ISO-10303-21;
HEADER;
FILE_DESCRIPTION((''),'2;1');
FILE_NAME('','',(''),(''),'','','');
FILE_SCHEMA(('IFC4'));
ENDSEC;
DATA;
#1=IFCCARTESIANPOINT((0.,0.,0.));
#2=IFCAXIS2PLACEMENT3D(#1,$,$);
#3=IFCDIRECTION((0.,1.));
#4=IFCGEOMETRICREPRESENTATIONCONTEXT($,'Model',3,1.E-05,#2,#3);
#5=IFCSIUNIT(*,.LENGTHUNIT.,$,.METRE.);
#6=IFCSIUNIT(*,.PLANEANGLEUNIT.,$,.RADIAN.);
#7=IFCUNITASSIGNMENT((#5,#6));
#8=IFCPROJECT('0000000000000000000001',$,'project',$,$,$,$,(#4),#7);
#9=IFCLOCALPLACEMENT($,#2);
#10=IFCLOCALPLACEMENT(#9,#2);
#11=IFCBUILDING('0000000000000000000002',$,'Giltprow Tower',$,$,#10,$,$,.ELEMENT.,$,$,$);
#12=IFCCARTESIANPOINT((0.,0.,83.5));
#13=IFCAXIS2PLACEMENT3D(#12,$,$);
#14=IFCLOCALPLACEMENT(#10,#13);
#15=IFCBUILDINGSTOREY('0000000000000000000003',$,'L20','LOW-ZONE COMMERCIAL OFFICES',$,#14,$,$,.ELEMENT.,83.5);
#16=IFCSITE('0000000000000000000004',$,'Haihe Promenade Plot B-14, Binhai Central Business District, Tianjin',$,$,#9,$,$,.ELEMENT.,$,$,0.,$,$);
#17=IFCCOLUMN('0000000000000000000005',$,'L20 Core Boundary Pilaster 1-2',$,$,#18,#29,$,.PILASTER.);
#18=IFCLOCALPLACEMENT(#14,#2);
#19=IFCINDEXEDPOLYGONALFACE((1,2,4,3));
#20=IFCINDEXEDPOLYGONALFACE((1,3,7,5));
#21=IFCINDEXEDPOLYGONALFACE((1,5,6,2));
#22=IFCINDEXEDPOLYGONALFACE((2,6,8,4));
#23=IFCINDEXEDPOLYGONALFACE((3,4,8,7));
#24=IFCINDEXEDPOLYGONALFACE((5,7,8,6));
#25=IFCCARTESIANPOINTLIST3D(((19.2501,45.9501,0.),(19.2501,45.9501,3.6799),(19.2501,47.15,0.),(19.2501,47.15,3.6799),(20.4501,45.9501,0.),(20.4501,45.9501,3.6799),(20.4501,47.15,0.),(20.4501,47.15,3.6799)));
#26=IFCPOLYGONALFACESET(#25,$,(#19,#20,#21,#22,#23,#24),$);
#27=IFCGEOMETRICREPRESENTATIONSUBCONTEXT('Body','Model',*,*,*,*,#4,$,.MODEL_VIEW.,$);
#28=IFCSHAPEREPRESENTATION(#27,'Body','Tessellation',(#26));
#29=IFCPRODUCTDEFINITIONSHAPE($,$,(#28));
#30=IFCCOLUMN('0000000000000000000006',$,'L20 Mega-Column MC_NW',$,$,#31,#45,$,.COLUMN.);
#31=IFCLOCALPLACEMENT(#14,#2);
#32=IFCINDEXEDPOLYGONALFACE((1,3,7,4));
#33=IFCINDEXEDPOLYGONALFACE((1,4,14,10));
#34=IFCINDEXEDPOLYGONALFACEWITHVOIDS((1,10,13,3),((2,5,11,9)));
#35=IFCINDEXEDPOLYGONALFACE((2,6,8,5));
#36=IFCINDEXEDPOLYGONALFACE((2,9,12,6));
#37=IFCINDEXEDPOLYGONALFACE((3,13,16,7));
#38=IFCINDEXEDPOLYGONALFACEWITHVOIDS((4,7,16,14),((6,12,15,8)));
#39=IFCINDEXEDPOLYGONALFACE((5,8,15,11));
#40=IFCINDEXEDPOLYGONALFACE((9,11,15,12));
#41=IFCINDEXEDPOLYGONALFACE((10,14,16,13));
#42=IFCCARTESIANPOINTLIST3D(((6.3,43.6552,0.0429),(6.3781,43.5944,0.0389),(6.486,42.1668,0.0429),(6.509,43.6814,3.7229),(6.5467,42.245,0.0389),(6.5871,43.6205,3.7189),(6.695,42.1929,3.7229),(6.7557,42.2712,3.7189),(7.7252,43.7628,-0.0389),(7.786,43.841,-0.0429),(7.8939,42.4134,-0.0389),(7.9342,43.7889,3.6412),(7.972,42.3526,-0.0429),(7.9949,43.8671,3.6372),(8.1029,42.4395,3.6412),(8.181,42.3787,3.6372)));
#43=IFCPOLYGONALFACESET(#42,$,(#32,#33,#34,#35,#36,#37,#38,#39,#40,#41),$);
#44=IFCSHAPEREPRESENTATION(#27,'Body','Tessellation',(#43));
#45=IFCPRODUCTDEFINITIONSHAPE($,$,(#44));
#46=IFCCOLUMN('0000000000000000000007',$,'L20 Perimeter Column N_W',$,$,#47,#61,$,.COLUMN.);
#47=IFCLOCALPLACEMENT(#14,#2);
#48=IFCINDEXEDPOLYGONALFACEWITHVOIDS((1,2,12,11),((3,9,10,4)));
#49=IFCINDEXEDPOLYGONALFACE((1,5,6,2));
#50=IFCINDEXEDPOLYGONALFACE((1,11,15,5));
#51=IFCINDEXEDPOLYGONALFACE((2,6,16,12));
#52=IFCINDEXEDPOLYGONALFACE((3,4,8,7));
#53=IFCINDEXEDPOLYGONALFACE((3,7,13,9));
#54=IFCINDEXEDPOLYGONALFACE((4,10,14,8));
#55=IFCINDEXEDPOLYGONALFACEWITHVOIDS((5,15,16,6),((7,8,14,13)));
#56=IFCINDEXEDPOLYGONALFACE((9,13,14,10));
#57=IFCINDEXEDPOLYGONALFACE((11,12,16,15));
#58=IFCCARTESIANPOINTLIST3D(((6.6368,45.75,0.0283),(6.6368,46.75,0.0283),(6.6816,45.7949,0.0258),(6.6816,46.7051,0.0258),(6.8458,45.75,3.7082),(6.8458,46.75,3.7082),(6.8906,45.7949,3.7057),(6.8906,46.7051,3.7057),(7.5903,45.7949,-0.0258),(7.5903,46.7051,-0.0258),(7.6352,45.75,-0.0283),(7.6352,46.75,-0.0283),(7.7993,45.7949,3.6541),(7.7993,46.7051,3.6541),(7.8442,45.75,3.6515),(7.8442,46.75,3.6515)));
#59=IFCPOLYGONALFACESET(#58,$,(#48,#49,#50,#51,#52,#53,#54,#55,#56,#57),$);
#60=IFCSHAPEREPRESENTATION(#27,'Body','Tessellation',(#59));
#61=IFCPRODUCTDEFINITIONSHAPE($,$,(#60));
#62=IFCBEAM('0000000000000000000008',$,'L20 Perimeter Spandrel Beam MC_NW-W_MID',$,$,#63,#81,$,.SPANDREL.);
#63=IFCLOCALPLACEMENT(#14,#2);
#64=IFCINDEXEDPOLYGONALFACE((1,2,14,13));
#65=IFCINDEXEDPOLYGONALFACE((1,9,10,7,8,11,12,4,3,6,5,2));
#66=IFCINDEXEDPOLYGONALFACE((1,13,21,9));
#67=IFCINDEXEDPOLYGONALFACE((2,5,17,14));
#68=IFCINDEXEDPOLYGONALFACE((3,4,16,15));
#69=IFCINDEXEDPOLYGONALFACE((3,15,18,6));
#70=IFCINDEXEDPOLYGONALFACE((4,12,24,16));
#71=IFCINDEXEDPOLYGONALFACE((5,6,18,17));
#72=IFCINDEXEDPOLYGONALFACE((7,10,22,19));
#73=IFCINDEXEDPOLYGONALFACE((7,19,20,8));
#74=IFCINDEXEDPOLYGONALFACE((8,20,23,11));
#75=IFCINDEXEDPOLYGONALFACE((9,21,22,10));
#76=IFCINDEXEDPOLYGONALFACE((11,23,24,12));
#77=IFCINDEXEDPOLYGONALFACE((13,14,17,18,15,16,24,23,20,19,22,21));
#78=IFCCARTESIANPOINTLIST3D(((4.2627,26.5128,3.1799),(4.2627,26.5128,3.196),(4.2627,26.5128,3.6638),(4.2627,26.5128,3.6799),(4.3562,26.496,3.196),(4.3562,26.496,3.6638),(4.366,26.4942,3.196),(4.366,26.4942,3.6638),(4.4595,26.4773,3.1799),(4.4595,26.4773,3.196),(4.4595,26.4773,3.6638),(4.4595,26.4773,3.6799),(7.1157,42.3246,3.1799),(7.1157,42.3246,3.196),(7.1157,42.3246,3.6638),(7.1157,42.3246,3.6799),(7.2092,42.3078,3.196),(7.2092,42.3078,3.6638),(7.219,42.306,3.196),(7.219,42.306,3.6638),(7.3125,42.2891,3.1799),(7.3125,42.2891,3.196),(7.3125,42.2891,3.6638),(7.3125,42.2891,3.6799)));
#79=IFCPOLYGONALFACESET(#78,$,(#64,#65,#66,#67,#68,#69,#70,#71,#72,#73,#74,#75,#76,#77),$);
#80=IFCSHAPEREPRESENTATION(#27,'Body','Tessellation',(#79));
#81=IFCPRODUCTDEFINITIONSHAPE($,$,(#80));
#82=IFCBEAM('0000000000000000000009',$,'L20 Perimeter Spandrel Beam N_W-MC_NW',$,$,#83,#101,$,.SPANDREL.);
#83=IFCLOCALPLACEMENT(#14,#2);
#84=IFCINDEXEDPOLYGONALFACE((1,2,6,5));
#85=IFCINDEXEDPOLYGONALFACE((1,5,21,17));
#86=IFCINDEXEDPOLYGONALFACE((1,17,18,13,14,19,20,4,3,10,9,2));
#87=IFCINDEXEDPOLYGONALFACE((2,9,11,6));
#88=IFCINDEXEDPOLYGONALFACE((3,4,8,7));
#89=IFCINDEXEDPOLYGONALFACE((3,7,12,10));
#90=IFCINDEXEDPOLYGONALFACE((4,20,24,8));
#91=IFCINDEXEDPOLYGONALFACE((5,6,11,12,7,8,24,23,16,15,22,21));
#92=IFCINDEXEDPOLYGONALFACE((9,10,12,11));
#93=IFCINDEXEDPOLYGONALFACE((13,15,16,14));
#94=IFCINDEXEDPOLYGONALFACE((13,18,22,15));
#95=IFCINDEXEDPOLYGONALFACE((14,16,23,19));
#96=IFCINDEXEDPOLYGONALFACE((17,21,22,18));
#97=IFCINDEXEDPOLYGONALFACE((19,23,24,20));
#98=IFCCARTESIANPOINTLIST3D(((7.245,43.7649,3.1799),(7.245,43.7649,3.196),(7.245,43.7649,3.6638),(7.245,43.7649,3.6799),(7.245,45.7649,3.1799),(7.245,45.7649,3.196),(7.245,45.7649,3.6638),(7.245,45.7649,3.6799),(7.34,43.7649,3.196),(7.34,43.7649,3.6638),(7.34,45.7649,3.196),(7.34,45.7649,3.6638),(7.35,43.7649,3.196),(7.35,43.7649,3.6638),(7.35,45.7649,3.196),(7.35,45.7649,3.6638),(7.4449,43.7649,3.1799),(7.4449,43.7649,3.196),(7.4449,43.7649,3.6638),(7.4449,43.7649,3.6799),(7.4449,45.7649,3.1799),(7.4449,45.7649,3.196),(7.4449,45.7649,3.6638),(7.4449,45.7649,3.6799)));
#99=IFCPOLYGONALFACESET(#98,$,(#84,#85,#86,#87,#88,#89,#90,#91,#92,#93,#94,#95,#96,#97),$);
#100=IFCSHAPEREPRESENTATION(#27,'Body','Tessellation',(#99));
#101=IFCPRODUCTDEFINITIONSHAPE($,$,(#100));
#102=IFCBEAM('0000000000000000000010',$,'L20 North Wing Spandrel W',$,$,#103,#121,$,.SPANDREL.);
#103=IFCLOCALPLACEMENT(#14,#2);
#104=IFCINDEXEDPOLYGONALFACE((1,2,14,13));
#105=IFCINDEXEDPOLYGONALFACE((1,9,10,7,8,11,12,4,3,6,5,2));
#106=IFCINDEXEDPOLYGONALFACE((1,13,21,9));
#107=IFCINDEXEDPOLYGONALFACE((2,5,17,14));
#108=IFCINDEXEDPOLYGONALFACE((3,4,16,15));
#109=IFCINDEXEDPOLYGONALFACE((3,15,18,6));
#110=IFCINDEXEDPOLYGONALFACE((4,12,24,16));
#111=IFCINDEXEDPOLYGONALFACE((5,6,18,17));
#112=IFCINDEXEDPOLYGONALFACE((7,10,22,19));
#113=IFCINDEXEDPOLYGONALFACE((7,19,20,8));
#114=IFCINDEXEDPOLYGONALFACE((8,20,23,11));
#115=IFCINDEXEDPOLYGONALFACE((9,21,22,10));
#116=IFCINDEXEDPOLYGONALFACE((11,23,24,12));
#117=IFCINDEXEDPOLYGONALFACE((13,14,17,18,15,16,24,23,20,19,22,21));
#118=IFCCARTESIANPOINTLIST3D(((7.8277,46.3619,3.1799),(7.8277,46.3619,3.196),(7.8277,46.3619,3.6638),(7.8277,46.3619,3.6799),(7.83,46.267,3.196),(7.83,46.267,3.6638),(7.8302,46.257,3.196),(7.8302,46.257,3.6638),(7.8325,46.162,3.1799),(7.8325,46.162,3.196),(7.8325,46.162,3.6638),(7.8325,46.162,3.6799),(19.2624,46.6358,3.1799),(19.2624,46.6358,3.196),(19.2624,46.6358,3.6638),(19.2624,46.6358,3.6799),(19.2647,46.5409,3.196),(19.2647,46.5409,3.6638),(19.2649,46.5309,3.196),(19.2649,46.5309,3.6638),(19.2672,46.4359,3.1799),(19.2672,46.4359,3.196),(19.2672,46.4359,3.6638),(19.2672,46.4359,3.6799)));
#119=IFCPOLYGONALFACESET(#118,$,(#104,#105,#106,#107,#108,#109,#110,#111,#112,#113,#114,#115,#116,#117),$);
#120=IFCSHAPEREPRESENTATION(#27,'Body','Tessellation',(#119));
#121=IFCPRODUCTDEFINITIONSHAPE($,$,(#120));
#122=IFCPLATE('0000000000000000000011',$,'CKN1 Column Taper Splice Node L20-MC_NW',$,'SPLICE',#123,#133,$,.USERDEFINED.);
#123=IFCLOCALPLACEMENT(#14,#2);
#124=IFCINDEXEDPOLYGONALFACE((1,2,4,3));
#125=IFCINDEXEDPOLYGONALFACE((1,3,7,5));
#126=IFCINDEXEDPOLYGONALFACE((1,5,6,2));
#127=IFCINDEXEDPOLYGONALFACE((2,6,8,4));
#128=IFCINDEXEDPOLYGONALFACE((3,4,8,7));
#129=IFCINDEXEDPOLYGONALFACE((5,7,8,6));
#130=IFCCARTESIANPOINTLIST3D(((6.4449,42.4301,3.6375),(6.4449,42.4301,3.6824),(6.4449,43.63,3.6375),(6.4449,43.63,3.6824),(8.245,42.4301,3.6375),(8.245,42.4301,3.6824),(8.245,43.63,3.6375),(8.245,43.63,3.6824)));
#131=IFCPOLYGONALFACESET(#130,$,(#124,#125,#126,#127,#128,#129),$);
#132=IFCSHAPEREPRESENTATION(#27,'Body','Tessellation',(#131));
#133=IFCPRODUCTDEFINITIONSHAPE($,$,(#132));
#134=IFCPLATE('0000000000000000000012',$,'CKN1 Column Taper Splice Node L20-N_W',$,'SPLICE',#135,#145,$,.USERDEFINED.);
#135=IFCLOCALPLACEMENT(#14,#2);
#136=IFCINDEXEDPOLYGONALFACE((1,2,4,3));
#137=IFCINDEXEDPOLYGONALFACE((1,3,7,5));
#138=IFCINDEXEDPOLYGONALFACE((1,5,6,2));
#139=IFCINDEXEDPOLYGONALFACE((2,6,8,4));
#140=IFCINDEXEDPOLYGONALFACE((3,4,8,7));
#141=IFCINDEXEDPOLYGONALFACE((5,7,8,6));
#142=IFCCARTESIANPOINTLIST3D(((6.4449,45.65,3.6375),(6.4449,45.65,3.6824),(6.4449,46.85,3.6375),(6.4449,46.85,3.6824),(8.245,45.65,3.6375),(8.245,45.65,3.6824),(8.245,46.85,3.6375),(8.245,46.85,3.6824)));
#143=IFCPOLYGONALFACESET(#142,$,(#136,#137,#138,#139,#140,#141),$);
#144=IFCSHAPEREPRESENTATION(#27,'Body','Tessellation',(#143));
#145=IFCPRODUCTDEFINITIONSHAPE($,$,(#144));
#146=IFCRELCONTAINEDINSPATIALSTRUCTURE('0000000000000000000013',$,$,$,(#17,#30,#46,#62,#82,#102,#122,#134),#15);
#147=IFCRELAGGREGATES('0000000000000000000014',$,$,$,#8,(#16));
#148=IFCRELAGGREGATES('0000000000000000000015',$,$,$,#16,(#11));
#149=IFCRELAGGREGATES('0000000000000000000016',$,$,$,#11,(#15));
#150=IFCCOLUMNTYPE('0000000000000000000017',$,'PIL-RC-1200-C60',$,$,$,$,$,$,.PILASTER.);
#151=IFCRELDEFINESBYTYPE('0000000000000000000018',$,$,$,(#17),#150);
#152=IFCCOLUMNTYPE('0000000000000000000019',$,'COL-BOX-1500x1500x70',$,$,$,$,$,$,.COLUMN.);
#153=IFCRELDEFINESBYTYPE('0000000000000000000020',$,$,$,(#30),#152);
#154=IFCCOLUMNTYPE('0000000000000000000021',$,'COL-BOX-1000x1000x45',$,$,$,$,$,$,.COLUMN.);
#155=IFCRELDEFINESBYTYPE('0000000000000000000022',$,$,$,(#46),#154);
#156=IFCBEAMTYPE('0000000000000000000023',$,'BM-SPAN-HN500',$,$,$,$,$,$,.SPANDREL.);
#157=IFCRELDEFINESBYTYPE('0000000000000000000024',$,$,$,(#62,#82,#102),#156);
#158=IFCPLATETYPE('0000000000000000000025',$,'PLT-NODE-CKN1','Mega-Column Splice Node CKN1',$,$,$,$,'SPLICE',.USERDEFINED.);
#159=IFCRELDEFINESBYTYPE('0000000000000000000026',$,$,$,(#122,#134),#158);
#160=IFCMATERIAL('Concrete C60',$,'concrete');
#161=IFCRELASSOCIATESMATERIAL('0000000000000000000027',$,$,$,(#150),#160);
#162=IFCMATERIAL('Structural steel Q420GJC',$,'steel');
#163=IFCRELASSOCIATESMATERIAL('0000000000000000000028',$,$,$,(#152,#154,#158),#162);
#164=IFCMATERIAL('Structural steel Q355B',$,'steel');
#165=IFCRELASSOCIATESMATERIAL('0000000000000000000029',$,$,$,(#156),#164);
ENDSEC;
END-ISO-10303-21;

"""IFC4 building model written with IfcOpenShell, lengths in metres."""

from ifc_helpers import new_model, si_unit, direction, frame, origin, origin_2d, place, context, subcontext, project, spatial, rectangle, hollow_rectangle, i_section, extrude, source, transform, mapped, material, material_profile, profile_set, type_object, element, save


model = new_model("IFC4")

# Units and contexts
model_context = context("Model", 3, precision=1e-05, world=origin(), true_north=direction((0.0, 1.0)))
body_context = subcontext(model_context, "Body", "Model", "MODEL_VIEW")
ifc_project = project(units=[si_unit("LENGTHUNIT", "METRE"), si_unit("PLANEANGLEUNIT", "RADIAN")], contexts=[model_context])

# Site, building, storey
site_placement = place(None, origin())
site = spatial("IfcSite", under=ifc_project, at=site_placement, Name="Haihe Promenade Plot B-14, Binhai Central Business District, Tianjin", CompositionType="ELEMENT", RefElevation=0.0)
building_placement = place(site_placement, origin())
building = spatial("IfcBuilding", under=site, at=building_placement, Name="Giltprow Tower", CompositionType="ELEMENT")
storey_placement = place(building_placement, frame((0.0, 0.0, 83.5)))
storey = spatial("IfcBuildingStorey", under=building, at=storey_placement, Name="L20", Description="LOW-ZONE COMMERCIAL OFFICES", CompositionType="ELEMENT", Elevation=83.5)

# Columns
ifc_material_1 = material(Name="Concrete C60", Category="concrete")
ifc_material_profile_1 = material_profile(ifc_material_1, rectangle(XDim=1.2, YDim=1.2, at=origin_2d()), Name="RC 1200x1200")
ifc_profile_set_1 = profile_set([ifc_material_profile_1], Name="Concrete C60")
column_type_1 = type_object("IfcColumnType", Name="PIL-RC-1200-C60", PredefinedType="PILASTER", material=ifc_profile_set_1)
shared_shape_1 = source(origin(), body_context, "Body", "SweptSolid", [
    extrude(rectangle(XDim=1.2, YDim=1.2, at=origin_2d()), origin(), (0.0, 0.0, 1.0), 3.6799),
])
column_1_placement = place(storey_placement, frame((19.8501, 46.55, 0.0), z_axis=(0.0, 0.0, 1.0), x_axis=(1.0, 0.0, 0.0)))
element("IfcColumn", 1, at=column_1_placement, inside=storey, type_object=column_type_1, Name="L20 Core Boundary Pilaster 1-2", PredefinedType="PILASTER", context=body_context, shape_type="MappedRepresentation", body=[
    mapped(shared_shape_1, transform((0.0, 0.0, 0.0), x_axis=(1.0, 0.0, 0.0), y_axis=(0.0, 1.0, 0.0), z_axis=(0.0, 0.0, 1.0), scale=1.0)),
])
ifc_material_2 = material(Name="Structural steel Q420GJC", Category="steel")
ifc_material_profile_2 = material_profile(ifc_material_2, hollow_rectangle(XDim=1.5, YDim=1.5, WallThickness=0.0701, at=origin_2d()), Name="BOX 1500x1500x70")
ifc_profile_set_2 = profile_set([ifc_material_profile_2], Name="Structural steel Q420GJC")
column_type_2 = type_object("IfcColumnType", Name="COL-BOX-1500x1500x70", PredefinedType="COLUMN", material=ifc_profile_set_2)
shared_shape_2 = source(origin(), body_context, "Body", "SweptSolid", [
    extrude(hollow_rectangle(XDim=1.5, YDim=1.5, WallThickness=0.0701, at=origin_2d()), origin(), (0.0, 0.0, 1.0), 3.686),
])
column_2_placement = place(storey_placement, frame((7.136, 43.0039, 0.0), z_axis=(0.056698, 0.007087, 0.998366), x_axis=(-0.124035, 0.992278, 0.0)))
element("IfcColumn", 2, at=column_2_placement, inside=storey, type_object=column_type_2, Name="L20 Mega-Column MC_NW", PredefinedType="COLUMN", context=body_context, shape_type="MappedRepresentation", body=[
    mapped(shared_shape_2, transform((0.0, 0.0, 0.0), x_axis=(1.0, 0.0, 0.0), y_axis=(0.0, 1.0, 0.0), z_axis=(0.0, 0.0, 1.0), scale=1.0)),
])
ifc_material_profile_3 = material_profile(ifc_material_2, hollow_rectangle(XDim=1.0, YDim=1.0, WallThickness=0.0449, at=origin_2d()), Name="BOX 1000x1000x45")
ifc_profile_set_3 = profile_set([ifc_material_profile_3], Name="Structural steel Q420GJC")
column_type_3 = type_object("IfcColumnType", Name="COL-BOX-1000x1000x45", PredefinedType="COLUMN", material=ifc_profile_set_3)
shared_shape_3 = source(origin(), body_context, "Body", "SweptSolid", [
    extrude(hollow_rectangle(XDim=1.0, YDim=1.0, WallThickness=0.0449, at=origin_2d()), origin(), (0.0, 0.0, 1.0), 3.6858),
])
column_3_placement = place(storey_placement, frame((7.136, 46.25, 0.0), z_axis=(0.056699, 0.0, 0.998391), x_axis=(0.0, 1.0, 0.0)))
element("IfcColumn", 3, at=column_3_placement, inside=storey, type_object=column_type_3, Name="L20 Perimeter Column N_W", PredefinedType="COLUMN", context=body_context, shape_type="MappedRepresentation", body=[
    mapped(shared_shape_3, transform((0.0, 0.0, 0.0), x_axis=(1.0, 0.0, 0.0), y_axis=(0.0, 1.0, 0.0), z_axis=(0.0, 0.0, 1.0), scale=1.0)),
])

# Beams
ifc_material_3 = material(Name="Structural steel Q355B", Category="steel")
ifc_material_profile_4 = material_profile(ifc_material_3, i_section(OverallWidth=0.2, OverallDepth=0.5, WebThickness=0.01, FlangeThickness=0.0161, at=origin_2d()), Name="HN 500x200x10x16")
ifc_profile_set_4 = profile_set([ifc_material_profile_4], Name="Structural steel Q355B")
beam_type = type_object("IfcBeamType", Name="BM-SPAN-HN500", PredefinedType="SPANDREL", material=ifc_profile_set_4)
shared_shape_4 = source(origin(), body_context, "Body", "SweptSolid", [
    extrude(i_section(OverallWidth=0.2, OverallDepth=0.5, WebThickness=0.01, FlangeThickness=0.0161, at=origin_2d()), origin(), (0.0, 0.0, 1.0), 16.0671),
])
beam_1_placement = place(storey_placement, frame((7.2141, 42.3069, 3.4299), z_axis=(-0.17757, -0.984108, 0.0), x_axis=(0.984108, -0.17757, 0.0)))
element("IfcBeam", 4, at=beam_1_placement, inside=storey, type_object=beam_type, Name="L20 Perimeter Spandrel Beam MC_NW-W_MID", PredefinedType="SPANDREL", context=body_context, shape_type="MappedRepresentation", body=[
    mapped(shared_shape_4, transform((0.0, 0.0, 0.0), x_axis=(1.0, 0.0, 0.0), y_axis=(0.0, 1.0, 0.0), z_axis=(0.0, 0.0, 1.0), scale=1.0)),
])
shared_shape_5 = source(origin(), body_context, "Body", "SweptSolid", [
    extrude(i_section(OverallWidth=0.2, OverallDepth=0.5, WebThickness=0.01, FlangeThickness=0.0161, at=origin_2d()), origin(), (0.0, 0.0, 1.0), 2.0),
])
beam_2_placement = place(storey_placement, frame((7.345, 45.7649, 3.4299), z_axis=(0.0, -1.0, 0.0), x_axis=(1.0, 0.0, 0.0)))
element("IfcBeam", 5, at=beam_2_placement, inside=storey, type_object=beam_type, Name="L20 Perimeter Spandrel Beam N_W-MC_NW", PredefinedType="SPANDREL", context=body_context, shape_type="MappedRepresentation", body=[
    mapped(shared_shape_5, transform((0.0, 0.0, 0.0), x_axis=(1.0, 0.0, 0.0), y_axis=(0.0, 1.0, 0.0), z_axis=(0.0, 0.0, 1.0), scale=1.0)),
])
shared_shape_6 = source(origin(), body_context, "Body", "SweptSolid", [
    extrude(i_section(OverallWidth=0.2, OverallDepth=0.5, WebThickness=0.01, FlangeThickness=0.0161, at=origin_2d()), origin(), (0.0, 0.0, 1.0), 11.438),
])
beam_3_placement = place(storey_placement, frame((7.8301, 46.262, 3.4299), z_axis=(0.999713, 0.023949, 0.0), x_axis=(-0.023949, 0.999713, 0.0)))
element("IfcBeam", 6, at=beam_3_placement, inside=storey, type_object=beam_type, Name="L20 North Wing Spandrel W", PredefinedType="SPANDREL", context=body_context, shape_type="MappedRepresentation", body=[
    mapped(shared_shape_6, transform((0.0, 0.0, 0.0), x_axis=(1.0, 0.0, 0.0), y_axis=(0.0, 1.0, 0.0), z_axis=(0.0, 0.0, 1.0), scale=1.0)),
])

# Plates
plate_type = type_object("IfcPlateType", Name="PLT-NODE-CKN1", Description="Mega-Column Splice Node CKN1", ElementType="SPLICE", PredefinedType="USERDEFINED", material=ifc_material_2)
shared_shape_7 = source(origin(), body_context, "Body", "SweptSolid", [
    extrude(rectangle(XDim=1.8, YDim=1.2, at=origin_2d()), origin(), (0.0, 0.0, 1.0), 0.0449),
])
for number, where, z_axis, x_axis, name in (
    (7, (7.345, 43.03, 3.6375), (0.0, 0.0, 1.0), (1.0, 0.0, 0.0), "CKN1 Column Taper Splice Node L20-MC_NW"),
    (8, (7.345, 46.25, 3.6375), (0.0, 0.0, 1.0), (1.0, 0.0, 0.0), "CKN1 Column Taper Splice Node L20-N_W"),
):
    element("IfcPlate", number, at=place(storey_placement, frame(where, z_axis=z_axis, x_axis=x_axis)), inside=storey, type_object=plate_type, Name=name, ObjectType="SPLICE", PredefinedType="USERDEFINED", context=body_context, shape_type="MappedRepresentation", body=[
        mapped(shared_shape_7, transform((0.0, 0.0, 0.0), x_axis=(1.0, 0.0, 0.0), y_axis=(0.0, 1.0, 0.0), z_axis=(0.0, 0.0, 1.0), scale=1.0)),
    ])

save(model, "model.ifc")
